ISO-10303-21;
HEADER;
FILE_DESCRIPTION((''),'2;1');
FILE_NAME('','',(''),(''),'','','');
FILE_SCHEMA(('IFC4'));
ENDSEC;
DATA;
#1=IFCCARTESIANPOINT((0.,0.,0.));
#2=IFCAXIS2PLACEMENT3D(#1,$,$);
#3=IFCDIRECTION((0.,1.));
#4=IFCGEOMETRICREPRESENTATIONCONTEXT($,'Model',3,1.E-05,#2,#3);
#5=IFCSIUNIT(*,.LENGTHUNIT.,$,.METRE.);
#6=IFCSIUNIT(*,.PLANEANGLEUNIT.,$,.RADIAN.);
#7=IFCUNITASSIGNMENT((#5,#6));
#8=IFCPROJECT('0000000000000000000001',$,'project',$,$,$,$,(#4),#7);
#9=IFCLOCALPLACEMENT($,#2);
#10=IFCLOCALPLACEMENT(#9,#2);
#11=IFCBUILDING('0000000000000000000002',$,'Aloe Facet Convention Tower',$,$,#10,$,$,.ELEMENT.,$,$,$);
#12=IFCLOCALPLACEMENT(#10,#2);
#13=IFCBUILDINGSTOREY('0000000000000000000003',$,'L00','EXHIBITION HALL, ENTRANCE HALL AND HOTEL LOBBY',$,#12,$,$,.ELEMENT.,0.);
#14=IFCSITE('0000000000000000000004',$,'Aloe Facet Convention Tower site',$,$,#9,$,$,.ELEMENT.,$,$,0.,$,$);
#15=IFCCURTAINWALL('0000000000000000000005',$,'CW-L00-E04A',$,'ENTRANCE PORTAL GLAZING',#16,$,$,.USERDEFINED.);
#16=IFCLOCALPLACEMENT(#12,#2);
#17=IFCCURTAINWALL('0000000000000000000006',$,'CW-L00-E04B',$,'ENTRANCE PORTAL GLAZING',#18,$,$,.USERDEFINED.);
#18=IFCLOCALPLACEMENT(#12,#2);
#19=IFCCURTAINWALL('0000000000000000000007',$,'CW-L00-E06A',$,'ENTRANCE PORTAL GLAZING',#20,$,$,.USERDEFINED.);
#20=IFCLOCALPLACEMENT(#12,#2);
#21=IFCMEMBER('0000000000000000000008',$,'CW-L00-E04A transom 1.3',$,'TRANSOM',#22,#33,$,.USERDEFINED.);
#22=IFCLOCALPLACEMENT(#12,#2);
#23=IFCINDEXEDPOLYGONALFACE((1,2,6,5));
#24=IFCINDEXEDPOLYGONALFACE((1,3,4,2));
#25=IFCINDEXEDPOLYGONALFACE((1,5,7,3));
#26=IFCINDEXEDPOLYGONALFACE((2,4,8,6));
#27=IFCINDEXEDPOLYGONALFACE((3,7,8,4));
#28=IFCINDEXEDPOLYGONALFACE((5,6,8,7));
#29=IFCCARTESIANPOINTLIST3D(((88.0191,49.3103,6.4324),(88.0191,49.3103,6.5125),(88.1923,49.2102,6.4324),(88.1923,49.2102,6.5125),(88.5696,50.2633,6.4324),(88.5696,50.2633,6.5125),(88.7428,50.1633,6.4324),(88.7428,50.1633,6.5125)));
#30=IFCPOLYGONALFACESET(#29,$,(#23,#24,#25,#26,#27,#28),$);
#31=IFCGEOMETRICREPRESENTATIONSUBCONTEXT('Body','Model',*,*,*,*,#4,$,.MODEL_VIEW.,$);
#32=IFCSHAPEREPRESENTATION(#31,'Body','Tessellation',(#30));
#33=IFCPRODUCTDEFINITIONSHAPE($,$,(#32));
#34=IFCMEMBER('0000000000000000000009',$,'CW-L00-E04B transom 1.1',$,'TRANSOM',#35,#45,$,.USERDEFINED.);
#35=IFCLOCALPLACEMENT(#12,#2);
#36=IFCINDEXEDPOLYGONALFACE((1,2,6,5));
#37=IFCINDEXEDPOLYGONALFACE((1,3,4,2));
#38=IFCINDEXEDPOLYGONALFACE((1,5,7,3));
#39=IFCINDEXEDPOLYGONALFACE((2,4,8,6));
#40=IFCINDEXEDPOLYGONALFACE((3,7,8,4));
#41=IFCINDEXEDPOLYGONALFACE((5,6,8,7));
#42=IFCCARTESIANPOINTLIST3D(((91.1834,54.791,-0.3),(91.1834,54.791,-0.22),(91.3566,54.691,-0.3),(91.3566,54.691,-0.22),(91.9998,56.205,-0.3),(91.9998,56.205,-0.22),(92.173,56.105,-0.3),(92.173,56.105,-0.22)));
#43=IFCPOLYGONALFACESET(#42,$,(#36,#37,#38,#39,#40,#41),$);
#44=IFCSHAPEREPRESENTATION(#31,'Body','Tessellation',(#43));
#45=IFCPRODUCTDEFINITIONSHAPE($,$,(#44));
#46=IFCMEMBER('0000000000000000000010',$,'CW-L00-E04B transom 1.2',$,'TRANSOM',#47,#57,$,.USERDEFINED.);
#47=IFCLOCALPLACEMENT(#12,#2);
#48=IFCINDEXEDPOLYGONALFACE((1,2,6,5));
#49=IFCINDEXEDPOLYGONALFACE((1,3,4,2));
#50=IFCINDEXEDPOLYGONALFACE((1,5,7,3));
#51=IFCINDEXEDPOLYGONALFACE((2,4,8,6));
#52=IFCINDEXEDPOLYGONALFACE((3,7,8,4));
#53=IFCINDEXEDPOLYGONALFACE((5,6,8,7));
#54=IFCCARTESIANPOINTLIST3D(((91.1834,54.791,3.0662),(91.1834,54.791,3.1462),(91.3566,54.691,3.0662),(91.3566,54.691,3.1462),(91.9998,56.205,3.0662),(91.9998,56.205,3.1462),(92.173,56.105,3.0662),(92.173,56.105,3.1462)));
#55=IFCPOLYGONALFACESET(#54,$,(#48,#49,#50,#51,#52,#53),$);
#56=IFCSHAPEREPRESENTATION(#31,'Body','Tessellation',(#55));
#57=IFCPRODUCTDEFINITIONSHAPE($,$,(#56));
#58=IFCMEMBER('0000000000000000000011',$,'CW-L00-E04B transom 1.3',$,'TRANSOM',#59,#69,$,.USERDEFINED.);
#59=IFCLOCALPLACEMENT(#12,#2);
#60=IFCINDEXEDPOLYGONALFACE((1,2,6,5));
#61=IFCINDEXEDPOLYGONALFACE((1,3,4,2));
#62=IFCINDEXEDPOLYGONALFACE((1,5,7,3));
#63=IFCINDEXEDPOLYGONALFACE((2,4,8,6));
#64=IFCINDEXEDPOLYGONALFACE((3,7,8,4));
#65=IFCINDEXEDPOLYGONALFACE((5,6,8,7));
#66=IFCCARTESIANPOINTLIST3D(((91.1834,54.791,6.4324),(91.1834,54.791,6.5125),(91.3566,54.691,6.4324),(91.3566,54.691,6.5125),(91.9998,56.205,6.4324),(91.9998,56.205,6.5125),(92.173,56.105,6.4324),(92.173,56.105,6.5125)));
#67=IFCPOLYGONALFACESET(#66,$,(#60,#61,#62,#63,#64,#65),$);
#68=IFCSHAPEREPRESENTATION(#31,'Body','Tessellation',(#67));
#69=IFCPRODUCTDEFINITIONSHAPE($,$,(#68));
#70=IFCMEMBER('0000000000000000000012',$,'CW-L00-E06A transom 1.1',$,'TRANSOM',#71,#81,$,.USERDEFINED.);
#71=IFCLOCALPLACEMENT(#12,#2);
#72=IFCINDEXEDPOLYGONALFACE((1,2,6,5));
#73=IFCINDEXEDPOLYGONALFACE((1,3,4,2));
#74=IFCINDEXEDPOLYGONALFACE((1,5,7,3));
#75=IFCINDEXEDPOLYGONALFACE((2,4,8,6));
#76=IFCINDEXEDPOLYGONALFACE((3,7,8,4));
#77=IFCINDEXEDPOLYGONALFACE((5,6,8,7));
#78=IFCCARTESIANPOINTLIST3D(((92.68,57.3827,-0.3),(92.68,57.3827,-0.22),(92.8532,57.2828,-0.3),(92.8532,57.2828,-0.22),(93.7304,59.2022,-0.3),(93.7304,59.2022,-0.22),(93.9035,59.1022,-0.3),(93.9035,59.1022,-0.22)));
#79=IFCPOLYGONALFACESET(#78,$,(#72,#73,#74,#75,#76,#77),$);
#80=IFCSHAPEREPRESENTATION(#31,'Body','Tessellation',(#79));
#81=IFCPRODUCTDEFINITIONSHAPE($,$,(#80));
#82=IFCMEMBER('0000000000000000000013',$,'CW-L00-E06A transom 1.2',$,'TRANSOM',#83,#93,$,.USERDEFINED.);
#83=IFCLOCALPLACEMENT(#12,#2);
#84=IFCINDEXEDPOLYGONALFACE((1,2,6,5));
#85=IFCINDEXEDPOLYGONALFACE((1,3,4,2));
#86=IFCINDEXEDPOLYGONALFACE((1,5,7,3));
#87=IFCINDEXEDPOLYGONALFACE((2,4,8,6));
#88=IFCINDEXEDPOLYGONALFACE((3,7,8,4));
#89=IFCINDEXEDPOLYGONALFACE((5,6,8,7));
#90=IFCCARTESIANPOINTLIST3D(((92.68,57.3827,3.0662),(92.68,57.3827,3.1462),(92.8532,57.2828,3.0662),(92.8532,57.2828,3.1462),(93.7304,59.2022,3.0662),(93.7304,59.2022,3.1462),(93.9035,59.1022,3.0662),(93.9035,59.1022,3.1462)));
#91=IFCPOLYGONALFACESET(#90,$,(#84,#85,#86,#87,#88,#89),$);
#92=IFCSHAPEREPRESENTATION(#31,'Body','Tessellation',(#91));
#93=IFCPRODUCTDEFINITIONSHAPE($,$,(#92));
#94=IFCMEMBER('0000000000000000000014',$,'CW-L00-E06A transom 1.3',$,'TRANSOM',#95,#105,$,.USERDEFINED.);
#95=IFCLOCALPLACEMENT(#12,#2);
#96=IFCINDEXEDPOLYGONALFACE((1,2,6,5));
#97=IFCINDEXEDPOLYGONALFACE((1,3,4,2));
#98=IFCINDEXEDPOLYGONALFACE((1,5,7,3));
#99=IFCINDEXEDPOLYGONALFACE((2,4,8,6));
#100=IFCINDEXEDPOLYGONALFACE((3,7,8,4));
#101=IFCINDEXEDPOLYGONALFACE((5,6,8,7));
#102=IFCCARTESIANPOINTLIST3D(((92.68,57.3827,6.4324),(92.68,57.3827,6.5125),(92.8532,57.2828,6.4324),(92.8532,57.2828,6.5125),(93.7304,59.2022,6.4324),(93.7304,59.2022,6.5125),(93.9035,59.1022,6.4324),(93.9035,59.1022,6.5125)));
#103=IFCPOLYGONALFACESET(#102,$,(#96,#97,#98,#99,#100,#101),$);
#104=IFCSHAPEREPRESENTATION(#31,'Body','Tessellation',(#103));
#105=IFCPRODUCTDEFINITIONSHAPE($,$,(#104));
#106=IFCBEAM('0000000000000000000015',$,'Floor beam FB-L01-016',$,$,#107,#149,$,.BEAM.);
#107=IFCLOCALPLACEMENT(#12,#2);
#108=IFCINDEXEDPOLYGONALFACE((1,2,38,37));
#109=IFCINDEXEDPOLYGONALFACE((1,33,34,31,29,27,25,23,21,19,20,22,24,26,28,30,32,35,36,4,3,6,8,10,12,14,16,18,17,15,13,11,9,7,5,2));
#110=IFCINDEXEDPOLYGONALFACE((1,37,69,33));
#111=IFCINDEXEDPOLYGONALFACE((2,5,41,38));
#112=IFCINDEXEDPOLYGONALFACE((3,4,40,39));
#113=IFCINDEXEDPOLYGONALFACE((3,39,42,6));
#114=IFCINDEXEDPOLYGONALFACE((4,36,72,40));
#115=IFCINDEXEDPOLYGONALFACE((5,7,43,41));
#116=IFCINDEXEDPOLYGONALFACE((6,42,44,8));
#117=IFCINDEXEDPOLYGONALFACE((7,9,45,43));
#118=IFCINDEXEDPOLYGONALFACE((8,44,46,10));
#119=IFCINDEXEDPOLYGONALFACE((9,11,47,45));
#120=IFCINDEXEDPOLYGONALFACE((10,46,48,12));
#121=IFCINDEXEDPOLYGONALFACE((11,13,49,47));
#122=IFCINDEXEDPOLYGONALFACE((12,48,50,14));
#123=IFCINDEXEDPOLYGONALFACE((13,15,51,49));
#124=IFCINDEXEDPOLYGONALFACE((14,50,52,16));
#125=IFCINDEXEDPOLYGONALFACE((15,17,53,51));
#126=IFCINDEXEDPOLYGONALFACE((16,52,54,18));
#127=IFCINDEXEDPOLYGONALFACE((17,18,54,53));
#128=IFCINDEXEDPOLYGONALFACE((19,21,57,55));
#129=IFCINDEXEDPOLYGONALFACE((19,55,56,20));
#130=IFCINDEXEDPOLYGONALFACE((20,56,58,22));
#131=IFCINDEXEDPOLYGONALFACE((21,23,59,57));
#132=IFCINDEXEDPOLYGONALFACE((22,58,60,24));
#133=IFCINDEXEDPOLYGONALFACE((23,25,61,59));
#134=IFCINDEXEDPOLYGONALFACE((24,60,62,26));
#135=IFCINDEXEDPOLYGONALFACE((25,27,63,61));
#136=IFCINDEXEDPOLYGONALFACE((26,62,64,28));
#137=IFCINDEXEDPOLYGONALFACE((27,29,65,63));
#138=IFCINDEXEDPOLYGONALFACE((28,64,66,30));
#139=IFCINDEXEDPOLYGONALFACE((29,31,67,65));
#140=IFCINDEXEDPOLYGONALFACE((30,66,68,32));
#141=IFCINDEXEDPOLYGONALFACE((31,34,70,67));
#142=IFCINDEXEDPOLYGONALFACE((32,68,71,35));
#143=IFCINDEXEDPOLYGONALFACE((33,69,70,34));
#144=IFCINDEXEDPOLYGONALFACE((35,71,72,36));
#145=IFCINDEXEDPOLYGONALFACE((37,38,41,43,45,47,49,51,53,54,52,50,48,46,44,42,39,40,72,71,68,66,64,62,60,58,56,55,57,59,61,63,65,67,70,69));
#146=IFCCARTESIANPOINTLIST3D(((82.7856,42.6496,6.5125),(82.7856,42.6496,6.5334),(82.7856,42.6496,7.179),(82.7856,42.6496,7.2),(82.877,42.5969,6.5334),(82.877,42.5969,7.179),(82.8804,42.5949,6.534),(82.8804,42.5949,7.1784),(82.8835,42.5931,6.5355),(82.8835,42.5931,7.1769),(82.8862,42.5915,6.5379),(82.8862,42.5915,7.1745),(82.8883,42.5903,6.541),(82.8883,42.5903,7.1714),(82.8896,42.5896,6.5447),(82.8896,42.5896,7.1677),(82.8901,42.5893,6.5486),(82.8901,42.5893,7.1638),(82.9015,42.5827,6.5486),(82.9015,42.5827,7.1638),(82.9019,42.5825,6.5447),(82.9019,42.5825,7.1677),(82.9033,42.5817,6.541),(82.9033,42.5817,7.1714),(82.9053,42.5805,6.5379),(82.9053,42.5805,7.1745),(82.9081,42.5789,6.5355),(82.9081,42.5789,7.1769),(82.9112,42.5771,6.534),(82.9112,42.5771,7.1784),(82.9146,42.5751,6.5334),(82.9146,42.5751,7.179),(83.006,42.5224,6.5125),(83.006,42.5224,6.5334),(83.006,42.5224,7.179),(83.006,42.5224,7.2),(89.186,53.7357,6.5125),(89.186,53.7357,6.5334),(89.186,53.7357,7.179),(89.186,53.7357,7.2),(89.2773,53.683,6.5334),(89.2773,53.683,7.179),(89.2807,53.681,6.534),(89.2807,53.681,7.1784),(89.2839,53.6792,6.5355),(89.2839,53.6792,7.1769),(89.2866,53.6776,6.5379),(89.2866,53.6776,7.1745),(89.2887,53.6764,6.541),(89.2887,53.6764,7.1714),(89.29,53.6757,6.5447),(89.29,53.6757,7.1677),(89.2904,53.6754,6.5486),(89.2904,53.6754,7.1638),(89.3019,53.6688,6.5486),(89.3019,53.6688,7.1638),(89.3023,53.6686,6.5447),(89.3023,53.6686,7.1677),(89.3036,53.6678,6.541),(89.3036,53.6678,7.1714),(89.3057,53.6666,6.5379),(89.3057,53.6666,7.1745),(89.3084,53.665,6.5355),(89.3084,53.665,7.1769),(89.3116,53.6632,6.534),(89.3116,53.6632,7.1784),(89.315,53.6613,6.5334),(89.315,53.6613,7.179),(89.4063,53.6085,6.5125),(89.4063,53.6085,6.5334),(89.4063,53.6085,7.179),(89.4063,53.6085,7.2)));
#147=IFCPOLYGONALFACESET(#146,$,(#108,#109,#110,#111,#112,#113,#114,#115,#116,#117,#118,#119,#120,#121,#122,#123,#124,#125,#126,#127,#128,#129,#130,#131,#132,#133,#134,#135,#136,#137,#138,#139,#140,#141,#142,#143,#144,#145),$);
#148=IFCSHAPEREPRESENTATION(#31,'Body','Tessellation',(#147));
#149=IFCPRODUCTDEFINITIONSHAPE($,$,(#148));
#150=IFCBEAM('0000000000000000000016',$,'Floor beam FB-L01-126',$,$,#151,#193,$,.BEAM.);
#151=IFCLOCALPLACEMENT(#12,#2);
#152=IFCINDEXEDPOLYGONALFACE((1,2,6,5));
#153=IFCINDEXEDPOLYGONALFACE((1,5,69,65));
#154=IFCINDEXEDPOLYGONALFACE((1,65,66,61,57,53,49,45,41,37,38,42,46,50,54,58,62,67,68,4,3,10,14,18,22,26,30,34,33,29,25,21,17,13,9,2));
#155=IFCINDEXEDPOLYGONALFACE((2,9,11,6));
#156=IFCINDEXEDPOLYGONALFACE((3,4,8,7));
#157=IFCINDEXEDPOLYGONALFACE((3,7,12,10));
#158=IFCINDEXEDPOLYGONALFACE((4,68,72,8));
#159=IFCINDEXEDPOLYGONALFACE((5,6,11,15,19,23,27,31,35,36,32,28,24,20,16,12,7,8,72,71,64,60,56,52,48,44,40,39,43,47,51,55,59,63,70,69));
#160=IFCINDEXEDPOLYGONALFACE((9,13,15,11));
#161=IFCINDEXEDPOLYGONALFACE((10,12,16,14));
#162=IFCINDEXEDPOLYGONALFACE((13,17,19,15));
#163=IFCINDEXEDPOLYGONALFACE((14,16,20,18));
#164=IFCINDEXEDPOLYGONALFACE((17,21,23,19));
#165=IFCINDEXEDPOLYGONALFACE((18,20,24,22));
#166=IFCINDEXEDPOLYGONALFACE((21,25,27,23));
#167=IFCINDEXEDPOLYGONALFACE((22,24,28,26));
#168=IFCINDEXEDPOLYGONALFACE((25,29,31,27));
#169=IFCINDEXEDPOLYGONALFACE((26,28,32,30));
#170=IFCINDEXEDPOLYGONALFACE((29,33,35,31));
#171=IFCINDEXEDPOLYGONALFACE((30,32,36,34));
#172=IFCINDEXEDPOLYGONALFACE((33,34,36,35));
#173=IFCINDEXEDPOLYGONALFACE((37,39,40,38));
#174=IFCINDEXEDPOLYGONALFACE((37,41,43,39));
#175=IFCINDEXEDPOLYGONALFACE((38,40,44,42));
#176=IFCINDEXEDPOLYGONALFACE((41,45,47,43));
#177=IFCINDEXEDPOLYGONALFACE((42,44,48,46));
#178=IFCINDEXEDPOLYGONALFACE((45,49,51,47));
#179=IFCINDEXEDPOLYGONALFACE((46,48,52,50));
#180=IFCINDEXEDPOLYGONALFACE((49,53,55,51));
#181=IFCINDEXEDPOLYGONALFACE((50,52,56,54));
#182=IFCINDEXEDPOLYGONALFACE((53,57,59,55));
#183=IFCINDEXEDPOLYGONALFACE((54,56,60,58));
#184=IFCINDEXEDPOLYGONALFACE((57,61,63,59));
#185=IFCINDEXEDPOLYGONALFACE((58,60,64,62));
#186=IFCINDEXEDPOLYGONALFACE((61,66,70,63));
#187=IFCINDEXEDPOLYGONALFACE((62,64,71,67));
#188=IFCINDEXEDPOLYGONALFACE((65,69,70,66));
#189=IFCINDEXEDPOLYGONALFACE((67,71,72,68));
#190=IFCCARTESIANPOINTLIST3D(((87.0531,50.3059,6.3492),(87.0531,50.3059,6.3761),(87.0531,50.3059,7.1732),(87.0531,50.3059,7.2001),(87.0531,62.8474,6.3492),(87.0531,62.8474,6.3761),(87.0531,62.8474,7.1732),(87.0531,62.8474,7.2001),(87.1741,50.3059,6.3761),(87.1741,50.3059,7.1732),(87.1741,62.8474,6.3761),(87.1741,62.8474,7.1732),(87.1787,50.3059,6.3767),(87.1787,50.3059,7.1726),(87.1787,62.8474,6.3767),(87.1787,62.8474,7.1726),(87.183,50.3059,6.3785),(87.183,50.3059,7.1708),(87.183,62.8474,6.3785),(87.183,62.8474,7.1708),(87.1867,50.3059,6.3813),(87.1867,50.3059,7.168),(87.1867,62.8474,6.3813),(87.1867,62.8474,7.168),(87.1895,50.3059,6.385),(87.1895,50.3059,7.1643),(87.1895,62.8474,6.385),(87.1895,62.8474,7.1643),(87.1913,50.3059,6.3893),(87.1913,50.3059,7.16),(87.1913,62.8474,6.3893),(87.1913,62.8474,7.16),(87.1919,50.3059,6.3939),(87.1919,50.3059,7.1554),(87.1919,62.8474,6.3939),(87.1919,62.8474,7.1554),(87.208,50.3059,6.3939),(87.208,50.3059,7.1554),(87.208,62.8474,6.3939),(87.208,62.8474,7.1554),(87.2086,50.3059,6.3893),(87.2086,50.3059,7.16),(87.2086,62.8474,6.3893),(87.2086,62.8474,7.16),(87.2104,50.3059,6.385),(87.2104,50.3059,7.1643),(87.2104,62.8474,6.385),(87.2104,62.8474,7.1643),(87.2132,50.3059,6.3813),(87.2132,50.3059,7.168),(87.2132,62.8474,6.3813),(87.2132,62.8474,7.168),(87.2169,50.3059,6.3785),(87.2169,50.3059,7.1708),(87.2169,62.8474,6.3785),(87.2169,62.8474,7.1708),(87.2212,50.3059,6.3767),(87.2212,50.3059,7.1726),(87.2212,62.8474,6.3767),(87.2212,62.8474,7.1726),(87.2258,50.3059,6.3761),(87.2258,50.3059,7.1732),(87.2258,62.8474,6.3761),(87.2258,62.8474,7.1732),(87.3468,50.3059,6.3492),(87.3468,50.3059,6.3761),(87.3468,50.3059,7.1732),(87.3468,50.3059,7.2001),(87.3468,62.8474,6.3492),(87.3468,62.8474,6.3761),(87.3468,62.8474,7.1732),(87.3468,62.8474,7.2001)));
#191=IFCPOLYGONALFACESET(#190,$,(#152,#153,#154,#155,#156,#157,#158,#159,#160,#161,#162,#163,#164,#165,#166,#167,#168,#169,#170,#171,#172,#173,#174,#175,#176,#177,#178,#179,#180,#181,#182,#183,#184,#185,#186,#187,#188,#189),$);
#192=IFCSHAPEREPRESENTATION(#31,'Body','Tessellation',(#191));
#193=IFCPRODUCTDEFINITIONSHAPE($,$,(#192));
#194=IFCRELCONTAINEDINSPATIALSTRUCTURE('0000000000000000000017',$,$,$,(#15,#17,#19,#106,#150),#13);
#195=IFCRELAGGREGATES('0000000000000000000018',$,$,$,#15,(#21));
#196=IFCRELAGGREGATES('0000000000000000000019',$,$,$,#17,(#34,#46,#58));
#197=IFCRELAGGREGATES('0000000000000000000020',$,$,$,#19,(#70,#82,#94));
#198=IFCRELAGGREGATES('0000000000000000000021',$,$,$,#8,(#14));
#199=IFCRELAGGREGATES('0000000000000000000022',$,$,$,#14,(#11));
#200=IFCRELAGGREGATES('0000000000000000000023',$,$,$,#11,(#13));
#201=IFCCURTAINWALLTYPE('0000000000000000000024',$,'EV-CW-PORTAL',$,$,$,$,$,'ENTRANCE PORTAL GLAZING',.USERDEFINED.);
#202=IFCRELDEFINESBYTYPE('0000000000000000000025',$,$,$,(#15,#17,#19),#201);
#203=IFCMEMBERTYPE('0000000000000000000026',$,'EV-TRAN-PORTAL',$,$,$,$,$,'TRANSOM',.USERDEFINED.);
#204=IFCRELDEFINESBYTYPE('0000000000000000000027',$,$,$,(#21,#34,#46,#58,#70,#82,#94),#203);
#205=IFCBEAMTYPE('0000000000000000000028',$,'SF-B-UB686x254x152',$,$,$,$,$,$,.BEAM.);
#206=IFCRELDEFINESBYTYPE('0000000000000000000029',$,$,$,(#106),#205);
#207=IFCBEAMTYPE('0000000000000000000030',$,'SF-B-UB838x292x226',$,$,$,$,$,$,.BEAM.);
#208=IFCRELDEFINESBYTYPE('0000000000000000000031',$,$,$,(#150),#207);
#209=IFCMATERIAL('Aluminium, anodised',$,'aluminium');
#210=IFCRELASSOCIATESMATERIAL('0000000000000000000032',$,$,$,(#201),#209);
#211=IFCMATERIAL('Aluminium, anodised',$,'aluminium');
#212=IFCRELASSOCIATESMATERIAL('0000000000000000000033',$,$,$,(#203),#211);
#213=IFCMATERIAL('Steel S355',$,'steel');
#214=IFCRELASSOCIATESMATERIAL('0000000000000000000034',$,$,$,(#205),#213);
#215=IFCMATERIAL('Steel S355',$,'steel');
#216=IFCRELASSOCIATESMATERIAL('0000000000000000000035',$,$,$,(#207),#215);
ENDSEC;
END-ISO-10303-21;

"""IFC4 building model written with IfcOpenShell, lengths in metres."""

from ifc_helpers import new_model, si_unit, direction, frame, origin, origin_2d, place, context, subcontext, project, spatial, rectangle, i_section, extrude, material, material_profile, profile_set, type_object, element, aggregate, save


model = new_model("IFC4")

# Units and contexts
model_context = context("Model", 3, precision=1e-05, world=origin(), true_north=direction((0.0, 1.0)))
body_context = subcontext(model_context, "Body", "Model", "MODEL_VIEW")
ifc_project = project(units=[si_unit("LENGTHUNIT", "METRE"), si_unit("PLANEANGLEUNIT", "RADIAN")], contexts=[model_context])

# Site, building, storey
site_placement = place(None, origin())
site = spatial("IfcSite", under=ifc_project, at=site_placement, Name="Aloe Facet Convention Tower site", CompositionType="ELEMENT", RefElevation=0.0)
building_placement = place(site_placement, origin())
building = spatial("IfcBuilding", under=site, at=building_placement, Name="Aloe Facet Convention Tower", CompositionType="ELEMENT")
storey_placement = place(building_placement, origin())
storey = spatial("IfcBuildingStorey", under=building, at=storey_placement, Name="L00", Description="EXHIBITION HALL, ENTRANCE HALL AND HOTEL LOBBY", CompositionType="ELEMENT", Elevation=0.0)

# Curtain walls
ifc_material_1 = material(Name="Aluminium, anodised", Category="aluminium")
curtain_wall_type_1 = type_object("IfcCurtainWallType", Name="EV-CW-PORTAL", ElementType="ENTRANCE PORTAL GLAZING", PredefinedType="USERDEFINED", material=ifc_material_1)
curtain_wall_1_placement = place(storey_placement, origin())
curtain_wall_1 = element("IfcCurtainWall", 1, at=curtain_wall_1_placement, inside=storey, type_object=curtain_wall_type_1, Name="CW-L00-E04A", ObjectType="ENTRANCE PORTAL GLAZING", PredefinedType="USERDEFINED")
curtain_wall_2_placement = place(storey_placement, origin())
curtain_wall_2 = element("IfcCurtainWall", 2, at=curtain_wall_2_placement, inside=storey, type_object=curtain_wall_type_1, Name="CW-L00-E04B", ObjectType="ENTRANCE PORTAL GLAZING", PredefinedType="USERDEFINED")

# Curtain wall
curtain_wall_3_placement = place(storey_placement, origin())
curtain_wall_3 = element("IfcCurtainWall", 3, at=curtain_wall_3_placement, inside=storey, type_object=curtain_wall_type_1, Name="CW-L00-E06A", ObjectType="ENTRANCE PORTAL GLAZING", PredefinedType="USERDEFINED")

# Members
ifc_material_2 = material(Name="Aluminium, anodised", Category="aluminium")
ifc_material_profile_1 = material_profile(ifc_material_2, rectangle(XDim=0.2, YDim=0.0801, at=origin_2d()), Name="AL 200x80")
ifc_profile_set_1 = profile_set([ifc_material_profile_1], Name="Aluminium, anodised")
member_type_1 = type_object("IfcMemberType", Name="EV-TRAN-PORTAL", ElementType="TRANSOM", PredefinedType="USERDEFINED", material=ifc_profile_set_1)
member_1_placement = place(storey_placement, frame((88.1057, 49.2603, 6.4724), z_axis=(0.50017, 0.865927, 0.0), x_axis=(-0.865927, 0.50017, 0.0)))
member_1 = element("IfcMember", 4, at=member_1_placement, type_object=member_type_1, Name="CW-L00-E04A transom 1.3", ObjectType="TRANSOM", PredefinedType="USERDEFINED", context=body_context, shape_type="SweptSolid", body=[
    extrude(rectangle(XDim=0.2, YDim=0.0801, at=origin_2d()), origin(), (0.0, 0.0, 1.0), 1.1006),
])
member_2_placement = place(storey_placement, frame((91.27, 54.741, -0.26), z_axis=(0.499999, 0.866026, 0.0), x_axis=(-0.866026, 0.499999, 0.0)))
member_2 = element("IfcMember", 5, at=member_2_placement, type_object=member_type_1, Name="CW-L00-E04B transom 1.1", ObjectType="TRANSOM", PredefinedType="USERDEFINED", context=body_context, shape_type="SweptSolid", body=[
    extrude(rectangle(XDim=0.2, YDim=0.0801, at=origin_2d()), origin(), (0.0, 0.0, 1.0), 1.6328),
])
member_3_placement = place(storey_placement, frame((91.27, 54.741, 3.1062), z_axis=(0.499999, 0.866026, 0.0), x_axis=(-0.866026, 0.499999, 0.0)))
member_3 = element("IfcMember", 6, at=member_3_placement, type_object=member_type_1, Name="CW-L00-E04B transom 1.2", ObjectType="TRANSOM", PredefinedType="USERDEFINED", context=body_context, shape_type="SweptSolid", body=[
    extrude(rectangle(XDim=0.2, YDim=0.0801, at=origin_2d()), origin(), (0.0, 0.0, 1.0), 1.6328),
])
member_4_placement = place(storey_placement, frame((91.27, 54.741, 6.4724), z_axis=(0.499999, 0.866026, 0.0), x_axis=(-0.866026, 0.499999, 0.0)))
member_4 = element("IfcMember", 7, at=member_4_placement, type_object=member_type_1, Name="CW-L00-E04B transom 1.3", ObjectType="TRANSOM", PredefinedType="USERDEFINED", context=body_context, shape_type="SweptSolid", body=[
    extrude(rectangle(XDim=0.2, YDim=0.0801, at=origin_2d()), origin(), (0.0, 0.0, 1.0), 1.6328),
])
member_5_placement = place(storey_placement, frame((92.7666, 57.3328, -0.26), z_axis=(0.499964, 0.866046, 0.0), x_axis=(-0.866046, 0.499964, 0.0)))
member_5 = element("IfcMember", 8, at=member_5_placement, type_object=member_type_1, Name="CW-L00-E06A transom 1.1", ObjectType="TRANSOM", PredefinedType="USERDEFINED", context=body_context, shape_type="SweptSolid", body=[
    extrude(rectangle(XDim=0.2, YDim=0.0801, at=origin_2d()), origin(), (0.0, 0.0, 1.0), 2.1008),
])
member_6_placement = place(storey_placement, frame((92.7666, 57.3328, 3.1062), z_axis=(0.499964, 0.866046, 0.0), x_axis=(-0.866046, 0.499964, 0.0)))
member_6 = element("IfcMember", 9, at=member_6_placement, type_object=member_type_1, Name="CW-L00-E06A transom 1.2", ObjectType="TRANSOM", PredefinedType="USERDEFINED", context=body_context, shape_type="SweptSolid", body=[
    extrude(rectangle(XDim=0.2, YDim=0.0801, at=origin_2d()), origin(), (0.0, 0.0, 1.0), 2.1008),
])
member_7_placement = place(storey_placement, frame((92.7666, 57.3328, 6.4724), z_axis=(0.499964, 0.866046, 0.0), x_axis=(-0.866046, 0.499964, 0.0)))
member_7 = element("IfcMember", 10, at=member_7_placement, type_object=member_type_1, Name="CW-L00-E06A transom 1.3", ObjectType="TRANSOM", PredefinedType="USERDEFINED", context=body_context, shape_type="SweptSolid", body=[
    extrude(rectangle(XDim=0.2, YDim=0.0801, at=origin_2d()), origin(), (0.0, 0.0, 1.0), 2.1008),
])

# Beams
ifc_material_3 = material(Name="Steel S355", Category="steel")
ifc_material_profile_2 = material_profile(ifc_material_3, i_section(OverallWidth=0.2544, OverallDepth=0.6875, WebThickness=0.0132, FlangeThickness=0.021, FilletRadius=0.0151, at=origin_2d()), Name="UB 686x254x152")
ifc_profile_set_2 = profile_set([ifc_material_profile_2], Name="Steel S355")
beam_type_1 = type_object("IfcBeamType", Name="SF-B-UB686x254x152", PredefinedType="BEAM", material=ifc_profile_set_2)
beam_1_placement = place(storey_placement, frame((89.2961, 53.6721, 6.8562), z_axis=(-0.499987, -0.866033, 0.0), x_axis=(0.866033, -0.499987, 0.0)))
element("IfcBeam", 11, at=beam_1_placement, inside=storey, type_object=beam_type_1, Name="Floor beam FB-L01-016", PredefinedType="BEAM", context=body_context, shape_type="SweptSolid", body=[
    extrude(i_section(OverallWidth=0.2544, OverallDepth=0.6875, WebThickness=0.0132, FlangeThickness=0.021, FilletRadius=0.0151, at=origin_2d()), origin(), (0.0, 0.0, 1.0), 12.801),
])
ifc_material_4 = material(Name="Steel S355", Category="steel")
ifc_material_profile_3 = material_profile(ifc_material_4, i_section(OverallWidth=0.2937, OverallDepth=0.8508, WebThickness=0.0161, FlangeThickness=0.0269, FilletRadius=0.0178, at=origin_2d()), Name="UB 838x292x226")
ifc_profile_set_3 = profile_set([ifc_material_profile_3], Name="Steel S355")
beam_type_2 = type_object("IfcBeamType", Name="SF-B-UB838x292x226", PredefinedType="BEAM", material=ifc_profile_set_3)
beam_2_placement = place(storey_placement, frame((87.2, 50.3059, 6.7747), z_axis=(0.0, 1.0, 0.0), x_axis=(-1.0, 0.0, 0.0)))
element("IfcBeam", 12, at=beam_2_placement, inside=storey, type_object=beam_type_2, Name="Floor beam FB-L01-126", PredefinedType="BEAM", context=body_context, shape_type="SweptSolid", body=[
    extrude(i_section(OverallWidth=0.2937, OverallDepth=0.8508, WebThickness=0.0161, FlangeThickness=0.0269, FilletRadius=0.0178, at=origin_2d()), origin(), (0.0, 0.0, 1.0), 12.5415),
])

aggregate(curtain_wall_1, [member_1])
aggregate(curtain_wall_2, [member_2, member_3, member_4])
aggregate(curtain_wall_3, [member_5, member_6, member_7])

save(model, "model.ifc")
